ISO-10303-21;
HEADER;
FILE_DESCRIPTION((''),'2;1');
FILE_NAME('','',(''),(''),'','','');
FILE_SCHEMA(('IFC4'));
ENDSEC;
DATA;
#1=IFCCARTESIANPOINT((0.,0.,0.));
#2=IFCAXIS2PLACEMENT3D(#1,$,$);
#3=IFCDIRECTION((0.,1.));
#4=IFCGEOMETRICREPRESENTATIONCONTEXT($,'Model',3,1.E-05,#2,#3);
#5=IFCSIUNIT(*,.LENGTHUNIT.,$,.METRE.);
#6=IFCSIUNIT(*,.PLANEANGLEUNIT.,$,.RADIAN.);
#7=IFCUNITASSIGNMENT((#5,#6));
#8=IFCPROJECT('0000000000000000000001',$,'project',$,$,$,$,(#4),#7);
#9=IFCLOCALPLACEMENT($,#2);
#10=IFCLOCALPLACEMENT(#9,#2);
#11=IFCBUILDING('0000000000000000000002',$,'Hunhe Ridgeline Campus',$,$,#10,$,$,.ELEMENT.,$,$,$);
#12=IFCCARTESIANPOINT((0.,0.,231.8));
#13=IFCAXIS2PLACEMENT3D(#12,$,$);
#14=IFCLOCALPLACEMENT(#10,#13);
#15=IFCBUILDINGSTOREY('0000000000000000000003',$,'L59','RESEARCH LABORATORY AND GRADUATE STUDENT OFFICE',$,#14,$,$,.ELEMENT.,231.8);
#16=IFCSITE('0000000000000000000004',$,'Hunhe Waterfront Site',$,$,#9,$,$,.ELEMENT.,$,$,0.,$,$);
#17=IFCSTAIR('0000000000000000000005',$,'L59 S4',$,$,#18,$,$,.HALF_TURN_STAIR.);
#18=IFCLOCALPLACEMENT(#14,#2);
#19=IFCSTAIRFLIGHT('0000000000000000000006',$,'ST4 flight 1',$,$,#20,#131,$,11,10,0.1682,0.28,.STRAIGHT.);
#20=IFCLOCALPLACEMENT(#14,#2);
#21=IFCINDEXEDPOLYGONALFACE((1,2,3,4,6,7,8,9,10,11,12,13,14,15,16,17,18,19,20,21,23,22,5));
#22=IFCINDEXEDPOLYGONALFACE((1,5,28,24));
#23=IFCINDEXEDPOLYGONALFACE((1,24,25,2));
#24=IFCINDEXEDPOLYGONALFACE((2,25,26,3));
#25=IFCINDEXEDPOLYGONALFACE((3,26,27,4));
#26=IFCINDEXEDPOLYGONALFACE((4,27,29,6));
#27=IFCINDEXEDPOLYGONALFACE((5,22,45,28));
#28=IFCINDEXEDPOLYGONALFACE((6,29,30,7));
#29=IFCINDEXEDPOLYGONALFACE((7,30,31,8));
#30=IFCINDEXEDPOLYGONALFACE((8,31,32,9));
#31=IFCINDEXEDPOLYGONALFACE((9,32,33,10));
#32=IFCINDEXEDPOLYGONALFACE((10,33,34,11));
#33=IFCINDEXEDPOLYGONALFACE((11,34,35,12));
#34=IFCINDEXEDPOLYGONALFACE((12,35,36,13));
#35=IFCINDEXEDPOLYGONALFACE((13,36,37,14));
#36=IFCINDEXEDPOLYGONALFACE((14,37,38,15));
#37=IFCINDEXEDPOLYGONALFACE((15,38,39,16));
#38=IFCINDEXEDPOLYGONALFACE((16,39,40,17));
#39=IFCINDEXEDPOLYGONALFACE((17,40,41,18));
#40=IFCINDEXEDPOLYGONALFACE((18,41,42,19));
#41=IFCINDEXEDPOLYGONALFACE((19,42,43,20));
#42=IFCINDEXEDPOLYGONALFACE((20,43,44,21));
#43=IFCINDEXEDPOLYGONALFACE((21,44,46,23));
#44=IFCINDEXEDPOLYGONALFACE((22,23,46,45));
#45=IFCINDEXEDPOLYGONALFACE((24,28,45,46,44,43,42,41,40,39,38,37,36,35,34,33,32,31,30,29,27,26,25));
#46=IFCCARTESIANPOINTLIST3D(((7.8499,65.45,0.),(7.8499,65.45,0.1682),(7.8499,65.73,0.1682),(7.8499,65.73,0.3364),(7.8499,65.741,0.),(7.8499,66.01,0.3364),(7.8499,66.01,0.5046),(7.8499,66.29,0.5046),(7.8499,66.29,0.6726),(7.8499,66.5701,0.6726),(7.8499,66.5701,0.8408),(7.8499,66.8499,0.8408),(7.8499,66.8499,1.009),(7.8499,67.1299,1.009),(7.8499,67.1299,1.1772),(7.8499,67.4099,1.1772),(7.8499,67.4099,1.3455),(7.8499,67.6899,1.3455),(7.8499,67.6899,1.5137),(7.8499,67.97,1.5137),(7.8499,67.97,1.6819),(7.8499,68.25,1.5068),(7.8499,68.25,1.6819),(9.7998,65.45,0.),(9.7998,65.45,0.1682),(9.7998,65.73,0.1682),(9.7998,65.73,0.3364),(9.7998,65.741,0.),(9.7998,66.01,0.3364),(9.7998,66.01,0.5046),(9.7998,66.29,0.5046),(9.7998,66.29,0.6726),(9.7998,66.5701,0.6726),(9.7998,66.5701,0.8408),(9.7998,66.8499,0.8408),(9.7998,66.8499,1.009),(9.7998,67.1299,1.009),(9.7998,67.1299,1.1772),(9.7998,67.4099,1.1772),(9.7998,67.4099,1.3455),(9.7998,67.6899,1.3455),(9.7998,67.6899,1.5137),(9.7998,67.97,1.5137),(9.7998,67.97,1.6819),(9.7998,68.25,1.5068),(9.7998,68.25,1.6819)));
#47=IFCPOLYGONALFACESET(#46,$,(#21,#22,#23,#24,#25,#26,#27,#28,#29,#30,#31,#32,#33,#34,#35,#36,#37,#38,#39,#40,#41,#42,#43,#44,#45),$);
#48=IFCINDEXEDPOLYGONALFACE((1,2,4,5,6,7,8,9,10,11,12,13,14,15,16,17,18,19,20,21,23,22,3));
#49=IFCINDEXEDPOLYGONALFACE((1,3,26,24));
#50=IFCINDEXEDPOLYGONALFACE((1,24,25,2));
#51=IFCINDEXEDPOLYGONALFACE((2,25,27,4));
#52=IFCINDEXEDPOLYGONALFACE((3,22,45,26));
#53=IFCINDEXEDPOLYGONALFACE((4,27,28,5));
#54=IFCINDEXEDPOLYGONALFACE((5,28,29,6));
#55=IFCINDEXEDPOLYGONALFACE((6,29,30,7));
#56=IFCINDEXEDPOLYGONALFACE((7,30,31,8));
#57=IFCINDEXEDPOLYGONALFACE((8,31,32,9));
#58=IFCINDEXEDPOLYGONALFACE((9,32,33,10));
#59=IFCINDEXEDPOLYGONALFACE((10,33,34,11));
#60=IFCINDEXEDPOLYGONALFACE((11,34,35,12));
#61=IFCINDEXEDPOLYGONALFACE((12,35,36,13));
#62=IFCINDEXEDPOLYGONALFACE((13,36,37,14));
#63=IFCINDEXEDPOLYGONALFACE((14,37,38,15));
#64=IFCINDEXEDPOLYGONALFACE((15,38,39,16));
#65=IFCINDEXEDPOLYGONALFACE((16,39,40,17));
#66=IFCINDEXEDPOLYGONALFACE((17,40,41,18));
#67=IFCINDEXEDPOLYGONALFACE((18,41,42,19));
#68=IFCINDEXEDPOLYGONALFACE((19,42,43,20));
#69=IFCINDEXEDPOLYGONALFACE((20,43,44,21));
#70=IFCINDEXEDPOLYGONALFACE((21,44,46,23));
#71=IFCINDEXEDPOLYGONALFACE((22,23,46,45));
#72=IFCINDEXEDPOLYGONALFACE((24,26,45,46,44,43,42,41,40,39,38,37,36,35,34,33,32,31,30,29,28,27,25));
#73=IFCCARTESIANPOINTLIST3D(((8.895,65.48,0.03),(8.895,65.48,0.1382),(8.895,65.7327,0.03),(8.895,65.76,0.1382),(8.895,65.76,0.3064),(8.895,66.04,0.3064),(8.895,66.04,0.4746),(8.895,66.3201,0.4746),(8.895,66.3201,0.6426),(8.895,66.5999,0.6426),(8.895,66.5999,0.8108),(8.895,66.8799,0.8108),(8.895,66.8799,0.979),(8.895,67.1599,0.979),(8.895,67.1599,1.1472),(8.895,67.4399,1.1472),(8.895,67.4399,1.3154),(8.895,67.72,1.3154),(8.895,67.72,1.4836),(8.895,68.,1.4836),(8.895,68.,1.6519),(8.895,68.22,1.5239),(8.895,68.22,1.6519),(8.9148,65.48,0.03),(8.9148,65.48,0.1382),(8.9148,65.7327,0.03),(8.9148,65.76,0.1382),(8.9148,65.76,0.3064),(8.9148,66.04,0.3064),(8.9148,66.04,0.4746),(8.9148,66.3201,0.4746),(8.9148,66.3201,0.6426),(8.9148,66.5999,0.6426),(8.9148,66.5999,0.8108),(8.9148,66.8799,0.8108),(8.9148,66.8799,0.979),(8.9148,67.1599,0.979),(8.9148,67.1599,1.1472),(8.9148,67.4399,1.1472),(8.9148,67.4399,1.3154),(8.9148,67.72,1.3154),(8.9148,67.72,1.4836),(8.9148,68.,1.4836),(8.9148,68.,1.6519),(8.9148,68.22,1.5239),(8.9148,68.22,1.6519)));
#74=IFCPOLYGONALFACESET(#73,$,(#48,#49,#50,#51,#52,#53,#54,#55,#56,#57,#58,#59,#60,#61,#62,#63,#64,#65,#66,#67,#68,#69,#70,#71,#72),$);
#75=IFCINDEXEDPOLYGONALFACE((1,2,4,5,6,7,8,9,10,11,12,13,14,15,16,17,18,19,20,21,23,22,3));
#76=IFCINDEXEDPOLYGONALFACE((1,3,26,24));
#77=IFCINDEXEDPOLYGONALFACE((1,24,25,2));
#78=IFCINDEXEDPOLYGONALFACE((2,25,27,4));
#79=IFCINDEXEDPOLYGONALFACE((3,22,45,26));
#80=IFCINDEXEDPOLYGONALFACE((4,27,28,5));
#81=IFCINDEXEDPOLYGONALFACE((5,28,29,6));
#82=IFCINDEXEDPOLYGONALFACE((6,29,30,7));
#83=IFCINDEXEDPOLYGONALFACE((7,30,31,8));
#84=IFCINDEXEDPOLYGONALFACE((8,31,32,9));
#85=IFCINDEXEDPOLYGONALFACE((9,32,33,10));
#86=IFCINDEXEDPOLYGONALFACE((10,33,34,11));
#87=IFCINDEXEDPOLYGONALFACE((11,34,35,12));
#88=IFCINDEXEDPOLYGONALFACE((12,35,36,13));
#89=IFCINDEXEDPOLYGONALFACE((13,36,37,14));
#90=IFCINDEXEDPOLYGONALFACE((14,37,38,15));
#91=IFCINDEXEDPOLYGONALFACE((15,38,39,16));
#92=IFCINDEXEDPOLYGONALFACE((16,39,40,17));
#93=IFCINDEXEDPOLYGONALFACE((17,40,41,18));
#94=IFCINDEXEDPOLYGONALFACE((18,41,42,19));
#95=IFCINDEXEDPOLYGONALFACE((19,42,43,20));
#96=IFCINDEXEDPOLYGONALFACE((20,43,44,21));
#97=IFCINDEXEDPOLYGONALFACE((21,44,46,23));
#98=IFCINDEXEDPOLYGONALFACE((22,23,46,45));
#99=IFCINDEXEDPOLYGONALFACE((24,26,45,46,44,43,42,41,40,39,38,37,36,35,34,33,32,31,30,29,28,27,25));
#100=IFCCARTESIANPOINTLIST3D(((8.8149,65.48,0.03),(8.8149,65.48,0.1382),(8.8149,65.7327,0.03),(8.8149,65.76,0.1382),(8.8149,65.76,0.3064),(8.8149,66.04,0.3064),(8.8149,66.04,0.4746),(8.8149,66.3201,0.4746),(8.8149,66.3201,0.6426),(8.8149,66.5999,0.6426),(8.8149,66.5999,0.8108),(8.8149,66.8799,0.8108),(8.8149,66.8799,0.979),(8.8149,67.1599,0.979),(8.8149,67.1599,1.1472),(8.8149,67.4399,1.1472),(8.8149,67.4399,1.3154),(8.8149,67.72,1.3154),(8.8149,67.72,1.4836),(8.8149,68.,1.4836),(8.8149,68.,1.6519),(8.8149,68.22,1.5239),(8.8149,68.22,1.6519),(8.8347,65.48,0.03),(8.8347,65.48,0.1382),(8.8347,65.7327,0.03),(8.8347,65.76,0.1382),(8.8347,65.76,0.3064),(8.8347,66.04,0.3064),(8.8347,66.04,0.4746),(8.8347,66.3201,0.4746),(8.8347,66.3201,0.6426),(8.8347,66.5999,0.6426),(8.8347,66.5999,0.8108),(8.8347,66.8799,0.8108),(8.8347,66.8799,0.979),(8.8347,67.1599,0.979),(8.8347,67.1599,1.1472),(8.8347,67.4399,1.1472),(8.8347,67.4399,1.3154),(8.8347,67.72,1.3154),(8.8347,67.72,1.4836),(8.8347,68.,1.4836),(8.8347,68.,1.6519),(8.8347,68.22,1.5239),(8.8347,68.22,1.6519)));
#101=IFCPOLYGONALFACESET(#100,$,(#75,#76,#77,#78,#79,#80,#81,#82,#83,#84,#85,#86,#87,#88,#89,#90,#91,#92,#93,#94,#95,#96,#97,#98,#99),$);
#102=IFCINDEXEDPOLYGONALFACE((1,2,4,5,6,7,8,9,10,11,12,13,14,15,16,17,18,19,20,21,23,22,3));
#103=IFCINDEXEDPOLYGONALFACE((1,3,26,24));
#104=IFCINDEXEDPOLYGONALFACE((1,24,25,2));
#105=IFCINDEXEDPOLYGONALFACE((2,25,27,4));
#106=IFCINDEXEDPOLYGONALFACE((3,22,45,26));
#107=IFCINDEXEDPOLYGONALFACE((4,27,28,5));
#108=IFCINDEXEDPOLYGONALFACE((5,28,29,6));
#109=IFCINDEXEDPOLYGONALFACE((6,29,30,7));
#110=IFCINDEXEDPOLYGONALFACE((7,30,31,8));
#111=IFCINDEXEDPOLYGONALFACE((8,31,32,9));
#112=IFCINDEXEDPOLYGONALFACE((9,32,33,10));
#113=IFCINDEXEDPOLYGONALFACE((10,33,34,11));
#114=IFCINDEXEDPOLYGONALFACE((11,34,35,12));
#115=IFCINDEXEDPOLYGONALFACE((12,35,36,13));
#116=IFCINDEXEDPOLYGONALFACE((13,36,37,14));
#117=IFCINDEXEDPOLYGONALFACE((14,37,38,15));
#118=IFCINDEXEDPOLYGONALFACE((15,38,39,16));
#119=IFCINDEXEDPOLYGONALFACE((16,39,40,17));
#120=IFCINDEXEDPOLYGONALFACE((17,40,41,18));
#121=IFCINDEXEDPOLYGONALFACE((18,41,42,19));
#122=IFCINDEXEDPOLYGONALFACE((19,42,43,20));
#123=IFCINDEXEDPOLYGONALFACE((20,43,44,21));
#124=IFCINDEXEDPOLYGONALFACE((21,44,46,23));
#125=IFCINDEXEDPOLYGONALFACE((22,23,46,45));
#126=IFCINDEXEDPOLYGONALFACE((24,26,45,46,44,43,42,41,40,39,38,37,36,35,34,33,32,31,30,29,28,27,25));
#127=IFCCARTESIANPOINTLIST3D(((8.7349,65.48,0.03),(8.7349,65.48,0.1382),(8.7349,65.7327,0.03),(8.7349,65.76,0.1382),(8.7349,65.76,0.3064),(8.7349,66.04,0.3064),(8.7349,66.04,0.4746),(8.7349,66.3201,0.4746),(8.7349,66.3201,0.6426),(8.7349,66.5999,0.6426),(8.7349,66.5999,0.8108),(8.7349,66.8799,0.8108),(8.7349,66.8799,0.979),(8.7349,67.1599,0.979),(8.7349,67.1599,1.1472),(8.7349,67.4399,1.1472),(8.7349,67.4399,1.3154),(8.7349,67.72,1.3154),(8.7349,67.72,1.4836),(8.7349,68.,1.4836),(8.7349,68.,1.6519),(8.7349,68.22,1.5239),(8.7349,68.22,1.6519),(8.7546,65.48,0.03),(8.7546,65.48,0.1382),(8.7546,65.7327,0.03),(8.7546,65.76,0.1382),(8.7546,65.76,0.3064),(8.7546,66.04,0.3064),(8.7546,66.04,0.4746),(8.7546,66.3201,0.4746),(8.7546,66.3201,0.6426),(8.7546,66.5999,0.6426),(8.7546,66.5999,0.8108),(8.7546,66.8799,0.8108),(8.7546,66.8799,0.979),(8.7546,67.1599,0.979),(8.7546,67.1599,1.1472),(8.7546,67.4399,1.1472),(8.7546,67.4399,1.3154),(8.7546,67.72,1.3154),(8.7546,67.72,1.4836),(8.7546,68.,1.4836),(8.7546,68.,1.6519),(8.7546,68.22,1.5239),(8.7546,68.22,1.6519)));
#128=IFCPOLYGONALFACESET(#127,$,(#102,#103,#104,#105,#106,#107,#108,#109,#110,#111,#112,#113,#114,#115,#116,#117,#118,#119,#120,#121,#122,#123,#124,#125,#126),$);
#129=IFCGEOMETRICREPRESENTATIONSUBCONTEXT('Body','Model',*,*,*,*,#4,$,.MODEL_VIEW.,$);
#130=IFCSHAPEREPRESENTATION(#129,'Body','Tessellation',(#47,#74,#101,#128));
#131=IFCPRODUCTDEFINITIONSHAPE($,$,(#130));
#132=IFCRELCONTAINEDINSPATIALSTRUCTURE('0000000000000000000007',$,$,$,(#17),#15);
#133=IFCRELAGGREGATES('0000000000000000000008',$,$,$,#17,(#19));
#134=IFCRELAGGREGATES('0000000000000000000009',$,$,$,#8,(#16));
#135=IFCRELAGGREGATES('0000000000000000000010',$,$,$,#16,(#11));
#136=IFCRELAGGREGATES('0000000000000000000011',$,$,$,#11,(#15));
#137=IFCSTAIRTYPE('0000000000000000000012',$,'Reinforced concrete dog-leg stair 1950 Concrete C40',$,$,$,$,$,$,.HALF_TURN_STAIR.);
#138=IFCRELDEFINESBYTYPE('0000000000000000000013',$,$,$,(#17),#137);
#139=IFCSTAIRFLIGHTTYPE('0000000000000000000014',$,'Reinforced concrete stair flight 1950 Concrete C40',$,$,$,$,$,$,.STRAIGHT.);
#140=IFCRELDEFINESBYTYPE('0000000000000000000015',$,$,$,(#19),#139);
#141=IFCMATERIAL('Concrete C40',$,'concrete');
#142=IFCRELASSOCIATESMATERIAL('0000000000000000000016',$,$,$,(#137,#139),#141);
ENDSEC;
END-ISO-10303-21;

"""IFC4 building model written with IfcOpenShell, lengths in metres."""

from ifc_helpers import new_model, si_unit, direction, frame, origin, place, context, subcontext, project, spatial, polyline, outline, extrude, material, type_object, element, aggregate, save


model = new_model("IFC4")

# Units and contexts
model_context = context("Model", 3, precision=1e-05, world=origin(), true_north=direction((0.0, 1.0)))
body_context = subcontext(model_context, "Body", "Model", "MODEL_VIEW")
ifc_project = project(units=[si_unit("LENGTHUNIT", "METRE"), si_unit("PLANEANGLEUNIT", "RADIAN")], contexts=[model_context])

# Site, building, storey
site_placement = place(None, origin())
site = spatial("IfcSite", under=ifc_project, at=site_placement, Name="Hunhe Waterfront Site", CompositionType="ELEMENT", RefElevation=0.0)
building_placement = place(site_placement, origin())
building = spatial("IfcBuilding", under=site, at=building_placement, Name="Hunhe Ridgeline Campus", CompositionType="ELEMENT")
storey_placement = place(building_placement, frame((0.0, 0.0, 231.8)))
storey = spatial("IfcBuildingStorey", under=building, at=storey_placement, Name="L59", Description="RESEARCH LABORATORY AND GRADUATE STUDENT OFFICE", CompositionType="ELEMENT", Elevation=231.8)

# Shared definitions
ifc_material_1 = material(Name="Concrete C40", Category="concrete")
stair_type = type_object("IfcStairType", Name="Reinforced concrete dog-leg stair 1950 Concrete C40", PredefinedType="HALF_TURN_STAIR", material=ifc_material_1)
stair_flight_type = type_object("IfcStairFlightType", Name="Reinforced concrete stair flight 1950 Concrete C40", PredefinedType="STRAIGHT", material=ifc_material_1)

# Stair, stair flight
stair_1_placement = place(storey_placement, origin())
stair_1 = element("IfcStair", 1, at=stair_1_placement, inside=storey, type_object=stair_type, Name="L59 S4", PredefinedType="HALF_TURN_STAIR")
stair_flight_1_placement = place(storey_placement, frame((8.825, 65.45, 0.0), z_axis=(0.0, 0.0, 1.0), x_axis=(0.0, 1.0, 0.0)))
stair_flight_1 = element("IfcStairFlight", 2, at=stair_flight_1_placement, type_object=stair_flight_type, Name="ST4 flight 1", NumberOfRisers=11, NumberOfTreads=10, PredefinedType="STRAIGHT", RiserHeight=0.1682, TreadLength=0.28, context=body_context, shape_type="SweptSolid", body=[
    extrude(outline(polyline([(0.0, 0.0), (0.0, 0.1682), (0.28, 0.1682), (0.28, 0.3364), (0.5601, 0.3364), (0.5601, 0.5046), (0.8401, 0.5046), (0.8401, 0.6726), (1.1201, 0.6726), (1.1201, 0.8408), (1.3999, 0.8408), (1.3999, 1.009), (1.6799, 1.009), (1.6799, 1.1772), (1.96, 1.1772), (1.96, 1.3455), (2.24, 1.3455), (2.24, 1.5137), (2.52, 1.5137), (2.52, 1.6819), (2.8, 1.6819), (2.8, 1.8501), (2.8, 1.5068), (0.291, 0.0), (0.0, 0.0)])), frame((0.0, 0.9751, 0.0), z_axis=(0.0, -1.0, 0.0), x_axis=(1.0, 0.0, 0.0)), (0.0, 0.0, 1.0), 1.95),
    extrude(outline(polyline([(0.03, 0.03), (0.03, 0.1382), (0.3101, 0.1382), (0.3101, 0.3064), (0.5901, 0.3064), (0.5901, 0.4746), (0.8701, 0.4746), (0.8701, 0.6426), (1.1499, 0.6426), (1.1499, 0.8108), (1.4299, 0.8108), (1.4299, 0.979), (1.71, 0.979), (1.71, 1.1472), (1.99, 1.1472), (1.99, 1.3154), (2.27, 1.3154), (2.27, 1.4836), (2.55, 1.4836), (2.55, 1.6519), (2.77, 1.6519), (2.77, 1.5239), (0.2827, 0.03), (0.03, 0.03)])), frame((0.0, -0.0701, 0.0), z_axis=(0.0, -1.0, 0.0), x_axis=(1.0, 0.0, 0.0)), (0.0, 0.0, 1.0), 0.0198),
    extrude(outline(polyline([(0.03, 0.03), (0.03, 0.1382), (0.3101, 0.1382), (0.3101, 0.3064), (0.5901, 0.3064), (0.5901, 0.4746), (0.8701, 0.4746), (0.8701, 0.6426), (1.1499, 0.6426), (1.1499, 0.8108), (1.4299, 0.8108), (1.4299, 0.979), (1.71, 0.979), (1.71, 1.1472), (1.99, 1.1472), (1.99, 1.3154), (2.27, 1.3154), (2.27, 1.4836), (2.55, 1.4836), (2.55, 1.6519), (2.77, 1.6519), (2.77, 1.5239), (0.2827, 0.03), (0.03, 0.03)])), frame((0.0, 0.01, 0.0), z_axis=(0.0, -1.0, 0.0), x_axis=(1.0, 0.0, 0.0)), (0.0, 0.0, 1.0), 0.0198),
    extrude(outline(polyline([(0.03, 0.03), (0.03, 0.1382), (0.3101, 0.1382), (0.3101, 0.3064), (0.5901, 0.3064), (0.5901, 0.4746), (0.8701, 0.4746), (0.8701, 0.6426), (1.1499, 0.6426), (1.1499, 0.8108), (1.4299, 0.8108), (1.4299, 0.979), (1.71, 0.979), (1.71, 1.1472), (1.99, 1.1472), (1.99, 1.3154), (2.27, 1.3154), (2.27, 1.4836), (2.55, 1.4836), (2.55, 1.6519), (2.77, 1.6519), (2.77, 1.5239), (0.2827, 0.03), (0.03, 0.03)])), frame((0.0, 0.0901, 0.0), z_axis=(0.0, -1.0, 0.0), x_axis=(1.0, 0.0, 0.0)), (0.0, 0.0, 1.0), 0.0198),
])
aggregate(stair_1, [stair_flight_1])

save(model, "model.ifc")
